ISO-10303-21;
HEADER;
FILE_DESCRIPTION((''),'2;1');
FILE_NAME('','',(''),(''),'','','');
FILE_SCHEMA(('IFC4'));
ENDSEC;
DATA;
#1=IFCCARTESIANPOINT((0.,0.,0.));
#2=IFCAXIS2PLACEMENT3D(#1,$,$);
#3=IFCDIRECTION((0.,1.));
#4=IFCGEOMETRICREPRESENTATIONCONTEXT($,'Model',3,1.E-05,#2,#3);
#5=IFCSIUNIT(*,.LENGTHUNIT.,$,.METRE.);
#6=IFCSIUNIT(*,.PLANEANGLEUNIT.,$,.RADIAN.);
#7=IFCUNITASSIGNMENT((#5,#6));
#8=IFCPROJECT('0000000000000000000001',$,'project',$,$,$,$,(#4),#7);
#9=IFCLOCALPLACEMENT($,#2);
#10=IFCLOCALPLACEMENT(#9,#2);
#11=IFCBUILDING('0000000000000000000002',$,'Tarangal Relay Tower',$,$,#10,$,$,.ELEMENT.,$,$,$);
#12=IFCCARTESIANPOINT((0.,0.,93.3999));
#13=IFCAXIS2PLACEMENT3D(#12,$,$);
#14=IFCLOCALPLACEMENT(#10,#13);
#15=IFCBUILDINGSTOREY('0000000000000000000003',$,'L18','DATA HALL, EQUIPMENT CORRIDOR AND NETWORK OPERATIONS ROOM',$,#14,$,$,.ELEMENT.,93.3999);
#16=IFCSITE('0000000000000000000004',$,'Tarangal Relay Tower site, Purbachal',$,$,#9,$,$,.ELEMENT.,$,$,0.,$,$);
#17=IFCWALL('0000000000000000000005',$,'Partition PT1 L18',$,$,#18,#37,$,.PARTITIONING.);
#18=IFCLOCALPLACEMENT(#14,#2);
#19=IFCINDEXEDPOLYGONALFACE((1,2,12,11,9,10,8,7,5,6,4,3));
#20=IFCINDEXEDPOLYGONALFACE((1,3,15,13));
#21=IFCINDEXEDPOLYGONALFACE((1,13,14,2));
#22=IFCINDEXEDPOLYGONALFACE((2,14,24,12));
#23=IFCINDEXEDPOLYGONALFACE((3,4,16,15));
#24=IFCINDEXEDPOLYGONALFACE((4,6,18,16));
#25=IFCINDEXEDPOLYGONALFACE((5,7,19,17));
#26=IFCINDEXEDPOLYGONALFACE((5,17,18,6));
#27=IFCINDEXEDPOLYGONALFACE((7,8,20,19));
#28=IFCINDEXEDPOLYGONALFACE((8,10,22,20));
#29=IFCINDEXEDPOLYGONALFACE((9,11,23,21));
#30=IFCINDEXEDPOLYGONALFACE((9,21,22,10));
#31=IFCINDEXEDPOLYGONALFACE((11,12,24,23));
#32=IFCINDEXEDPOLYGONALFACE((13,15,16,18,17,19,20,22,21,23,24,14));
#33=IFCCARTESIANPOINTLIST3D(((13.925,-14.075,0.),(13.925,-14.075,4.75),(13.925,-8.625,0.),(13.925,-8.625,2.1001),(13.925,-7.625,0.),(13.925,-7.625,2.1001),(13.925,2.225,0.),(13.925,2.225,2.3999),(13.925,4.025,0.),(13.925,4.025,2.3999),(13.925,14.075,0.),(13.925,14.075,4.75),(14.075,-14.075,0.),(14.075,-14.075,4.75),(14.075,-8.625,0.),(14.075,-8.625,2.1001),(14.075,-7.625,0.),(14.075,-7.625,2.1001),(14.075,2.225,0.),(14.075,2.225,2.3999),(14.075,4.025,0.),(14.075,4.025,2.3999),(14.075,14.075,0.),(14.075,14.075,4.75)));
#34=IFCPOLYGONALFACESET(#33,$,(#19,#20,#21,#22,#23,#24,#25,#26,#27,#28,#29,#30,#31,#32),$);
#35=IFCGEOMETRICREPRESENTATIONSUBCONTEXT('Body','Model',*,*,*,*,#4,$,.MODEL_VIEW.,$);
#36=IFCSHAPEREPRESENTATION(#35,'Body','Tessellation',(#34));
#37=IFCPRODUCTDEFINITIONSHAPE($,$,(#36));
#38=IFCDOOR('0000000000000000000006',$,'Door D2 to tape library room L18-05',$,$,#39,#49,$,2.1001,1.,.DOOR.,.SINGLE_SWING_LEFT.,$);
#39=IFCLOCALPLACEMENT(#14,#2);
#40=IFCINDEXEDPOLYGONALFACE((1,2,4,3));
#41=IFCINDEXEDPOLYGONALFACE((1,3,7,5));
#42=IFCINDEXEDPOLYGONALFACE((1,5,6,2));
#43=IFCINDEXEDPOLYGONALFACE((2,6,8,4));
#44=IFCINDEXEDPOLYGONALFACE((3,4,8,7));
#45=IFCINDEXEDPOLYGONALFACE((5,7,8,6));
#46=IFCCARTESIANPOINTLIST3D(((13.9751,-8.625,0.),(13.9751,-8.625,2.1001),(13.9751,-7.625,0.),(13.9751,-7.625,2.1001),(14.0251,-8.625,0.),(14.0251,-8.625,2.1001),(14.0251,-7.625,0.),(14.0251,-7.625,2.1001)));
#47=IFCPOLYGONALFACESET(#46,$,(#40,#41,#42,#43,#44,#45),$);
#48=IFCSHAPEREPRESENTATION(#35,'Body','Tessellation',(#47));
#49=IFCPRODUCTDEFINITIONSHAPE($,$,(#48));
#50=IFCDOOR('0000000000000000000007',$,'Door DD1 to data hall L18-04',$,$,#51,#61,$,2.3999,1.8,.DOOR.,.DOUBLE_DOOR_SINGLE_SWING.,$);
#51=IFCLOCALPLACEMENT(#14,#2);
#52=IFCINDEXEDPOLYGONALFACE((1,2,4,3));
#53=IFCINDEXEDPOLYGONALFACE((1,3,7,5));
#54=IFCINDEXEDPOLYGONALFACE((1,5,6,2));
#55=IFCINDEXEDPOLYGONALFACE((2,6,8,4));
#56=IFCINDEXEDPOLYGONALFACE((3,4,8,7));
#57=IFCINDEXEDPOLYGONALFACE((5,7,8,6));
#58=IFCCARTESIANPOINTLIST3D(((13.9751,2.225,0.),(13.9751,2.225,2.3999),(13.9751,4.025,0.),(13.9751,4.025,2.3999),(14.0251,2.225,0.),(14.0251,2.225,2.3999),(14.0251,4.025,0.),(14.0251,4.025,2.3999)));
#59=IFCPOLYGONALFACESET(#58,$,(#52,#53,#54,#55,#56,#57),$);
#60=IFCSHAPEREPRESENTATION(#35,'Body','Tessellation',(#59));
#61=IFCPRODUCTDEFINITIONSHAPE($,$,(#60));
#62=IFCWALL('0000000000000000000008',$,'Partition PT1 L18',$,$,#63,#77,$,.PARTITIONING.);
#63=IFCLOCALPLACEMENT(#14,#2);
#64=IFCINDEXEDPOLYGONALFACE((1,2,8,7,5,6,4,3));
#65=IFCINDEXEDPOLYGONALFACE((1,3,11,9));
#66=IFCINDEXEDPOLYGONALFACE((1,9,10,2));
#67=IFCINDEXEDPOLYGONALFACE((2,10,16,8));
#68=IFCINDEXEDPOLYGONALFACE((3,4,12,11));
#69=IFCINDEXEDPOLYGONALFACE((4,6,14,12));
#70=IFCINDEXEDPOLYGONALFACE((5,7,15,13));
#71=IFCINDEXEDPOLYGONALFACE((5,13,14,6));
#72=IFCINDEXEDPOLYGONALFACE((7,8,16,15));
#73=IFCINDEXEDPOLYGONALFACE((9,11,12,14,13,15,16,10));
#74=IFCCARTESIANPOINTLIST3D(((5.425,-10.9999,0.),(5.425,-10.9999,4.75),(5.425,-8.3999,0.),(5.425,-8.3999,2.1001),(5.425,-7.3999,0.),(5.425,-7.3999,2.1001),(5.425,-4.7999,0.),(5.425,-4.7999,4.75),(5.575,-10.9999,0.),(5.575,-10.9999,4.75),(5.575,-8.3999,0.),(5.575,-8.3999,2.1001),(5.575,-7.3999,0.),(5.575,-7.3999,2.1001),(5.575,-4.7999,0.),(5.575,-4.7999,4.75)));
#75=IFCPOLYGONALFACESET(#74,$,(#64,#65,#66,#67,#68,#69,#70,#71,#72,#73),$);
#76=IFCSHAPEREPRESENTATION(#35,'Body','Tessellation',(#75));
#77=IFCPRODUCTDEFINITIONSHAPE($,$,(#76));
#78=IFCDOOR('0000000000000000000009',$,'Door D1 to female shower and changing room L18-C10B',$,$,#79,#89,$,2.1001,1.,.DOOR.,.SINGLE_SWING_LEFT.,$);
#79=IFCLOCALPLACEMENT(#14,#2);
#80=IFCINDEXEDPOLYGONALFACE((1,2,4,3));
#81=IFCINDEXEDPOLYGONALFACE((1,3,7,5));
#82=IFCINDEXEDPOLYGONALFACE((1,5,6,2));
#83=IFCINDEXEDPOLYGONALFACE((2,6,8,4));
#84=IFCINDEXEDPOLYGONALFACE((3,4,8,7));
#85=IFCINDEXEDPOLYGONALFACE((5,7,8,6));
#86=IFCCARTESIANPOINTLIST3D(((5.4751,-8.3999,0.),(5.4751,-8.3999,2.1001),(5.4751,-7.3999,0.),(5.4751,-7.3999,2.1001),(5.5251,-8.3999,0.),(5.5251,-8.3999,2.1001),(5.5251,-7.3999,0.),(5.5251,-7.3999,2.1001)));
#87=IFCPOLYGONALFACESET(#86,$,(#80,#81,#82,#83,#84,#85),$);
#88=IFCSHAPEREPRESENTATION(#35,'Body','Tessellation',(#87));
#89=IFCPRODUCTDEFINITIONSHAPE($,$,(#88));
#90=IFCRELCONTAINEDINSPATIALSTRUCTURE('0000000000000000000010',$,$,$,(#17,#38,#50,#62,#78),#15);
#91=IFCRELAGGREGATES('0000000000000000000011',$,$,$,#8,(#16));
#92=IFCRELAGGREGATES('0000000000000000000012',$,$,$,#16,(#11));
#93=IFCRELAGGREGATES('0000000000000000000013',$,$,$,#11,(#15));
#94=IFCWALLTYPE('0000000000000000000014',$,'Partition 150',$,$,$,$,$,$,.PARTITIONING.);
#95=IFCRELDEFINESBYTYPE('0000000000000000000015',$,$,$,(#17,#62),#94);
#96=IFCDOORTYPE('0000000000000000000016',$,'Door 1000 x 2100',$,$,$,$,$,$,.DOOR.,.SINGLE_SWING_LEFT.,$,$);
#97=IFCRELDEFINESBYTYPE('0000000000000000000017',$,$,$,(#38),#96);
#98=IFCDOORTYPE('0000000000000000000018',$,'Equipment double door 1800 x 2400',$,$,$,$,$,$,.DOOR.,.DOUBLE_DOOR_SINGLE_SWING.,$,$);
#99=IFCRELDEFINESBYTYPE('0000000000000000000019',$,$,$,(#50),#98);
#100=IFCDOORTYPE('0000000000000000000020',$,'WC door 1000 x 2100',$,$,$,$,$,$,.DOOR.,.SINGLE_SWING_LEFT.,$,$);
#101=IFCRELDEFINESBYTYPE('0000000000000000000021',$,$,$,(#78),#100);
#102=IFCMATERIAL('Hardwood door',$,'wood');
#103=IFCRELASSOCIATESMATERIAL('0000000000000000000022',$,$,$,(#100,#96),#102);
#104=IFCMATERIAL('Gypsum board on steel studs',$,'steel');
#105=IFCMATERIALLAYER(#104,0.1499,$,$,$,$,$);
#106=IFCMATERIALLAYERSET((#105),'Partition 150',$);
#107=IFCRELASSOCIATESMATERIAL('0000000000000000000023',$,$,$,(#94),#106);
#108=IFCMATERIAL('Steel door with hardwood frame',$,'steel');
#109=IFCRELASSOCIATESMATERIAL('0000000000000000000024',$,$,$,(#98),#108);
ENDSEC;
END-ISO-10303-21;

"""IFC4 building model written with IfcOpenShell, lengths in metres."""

from ifc_helpers import new_model, si_unit, direction, frame, frame_2d, origin, place, context, subcontext, project, spatial, rectangle, extrude, material, layer, layer_set, type_object, element, fill, save


model = new_model("IFC4")

# Units and contexts
model_context = context("Model", 3, precision=1e-05, world=origin(), true_north=direction((0.0, 1.0)))
body_context = subcontext(model_context, "Body", "Model", "MODEL_VIEW")
ifc_project = project(units=[si_unit("LENGTHUNIT", "METRE"), si_unit("PLANEANGLEUNIT", "RADIAN")], contexts=[model_context])

# Site, building, storey
site_placement = place(None, origin())
site = spatial("IfcSite", under=ifc_project, at=site_placement, Name="Tarangal Relay Tower site, Purbachal", CompositionType="ELEMENT", RefElevation=0.0)
building_placement = place(site_placement, origin())
building = spatial("IfcBuilding", under=site, at=building_placement, Name="Tarangal Relay Tower", CompositionType="ELEMENT")
storey_placement = place(building_placement, frame((0.0, 0.0, 93.3999)))
storey = spatial("IfcBuildingStorey", under=building, at=storey_placement, Name="L18", Description="DATA HALL, EQUIPMENT CORRIDOR AND NETWORK OPERATIONS ROOM", CompositionType="ELEMENT", Elevation=93.3999)

# Shared definitions
ifc_material_1 = material(Name="Hardwood door", Category="wood")
door_type_1 = type_object("IfcDoorType", Name="WC door 1000 x 2100", OperationType="SINGLE_SWING_LEFT", PredefinedType="DOOR", material=ifc_material_1)

# Shared definitions
ifc_material_2 = material(Name="Steel door with hardwood frame", Category="steel")

# Shared definitions
ifc_material_3 = material(Name="Gypsum board on steel studs", Category="steel")
ifc_layer_1 = layer(ifc_material_3, 0.1499)
ifc_layer_set_1 = layer_set([ifc_layer_1], Name="Partition 150")
wall_type_1 = type_object("IfcWallType", Name="Partition 150", PredefinedType="PARTITIONING", material=ifc_layer_set_1)

# Wall, openings, doors
wall_1_placement = place(storey_placement, frame((14.0, -14.075, 0.0), z_axis=(0.0, 0.0, 1.0), x_axis=(0.0, 1.0, 0.0)))
wall_1 = element("IfcWall", 1, at=wall_1_placement, inside=storey, type_object=wall_type_1, Name="Partition PT1 L18", PredefinedType="PARTITIONING", context=body_context, shape_type="SweptSolid", body=[
    extrude(rectangle(XDim=28.1499, YDim=0.1499, at=frame_2d((14.075, 0.0))), origin(), (0.0, 0.0, 1.0), 4.75),
])
opening_1_placement = place(wall_1_placement, frame((16.3, 0.0, 0.0)))
opening_1 = element("IfcOpeningElement", 2, at=opening_1_placement, cuts=wall_1, PredefinedType="OPENING", context=body_context, shape_type="SweptSolid", body=[
    extrude(rectangle(XDim=1.8, YDim=2.3999, at=frame_2d((0.8999, 1.2))), frame((0.0, 0.085, 0.0), z_axis=(0.0, -1.0, 0.0), x_axis=(1.0, 0.0, 0.0)), (0.0, 0.0, 1.0), 0.1699),
])
opening_2_placement = place(wall_1_placement, frame((5.45, 0.0, 0.0)))
opening_2 = element("IfcOpeningElement", 3, at=opening_2_placement, cuts=wall_1, PredefinedType="OPENING", context=body_context, shape_type="SweptSolid", body=[
    extrude(rectangle(XDim=1.0, YDim=2.1001, at=frame_2d((0.5, 1.05))), frame((0.0, 0.085, 0.0), z_axis=(0.0, -1.0, 0.0), x_axis=(1.0, 0.0, 0.0)), (0.0, 0.0, 1.0), 0.1699),
])
door_type_2 = type_object("IfcDoorType", Name="Door 1000 x 2100", OperationType="SINGLE_SWING_LEFT", PredefinedType="DOOR", material=ifc_material_1)
door_1_placement = place(opening_2_placement, origin())
door_1 = element("IfcDoor", 4, at=door_1_placement, inside=storey, type_object=door_type_2, Name="Door D2 to tape library room L18-05", OperationType="SINGLE_SWING_LEFT", OverallHeight=2.1001, OverallWidth=1.0, PredefinedType="DOOR", context=body_context, shape_type="SweptSolid", body=[
    extrude(rectangle(XDim=1.0, YDim=2.1001, at=frame_2d((0.5, 1.05))), frame((0.0, 0.0249, 0.0), z_axis=(0.0, -1.0, 0.0), x_axis=(1.0, 0.0, 0.0)), (0.0, 0.0, 1.0), 0.05),
])
fill(opening_2, door_1)
door_type_3 = type_object("IfcDoorType", Name="Equipment double door 1800 x 2400", OperationType="DOUBLE_DOOR_SINGLE_SWING", PredefinedType="DOOR", material=ifc_material_2)
door_2_placement = place(opening_1_placement, origin())
door_2 = element("IfcDoor", 5, at=door_2_placement, inside=storey, type_object=door_type_3, Name="Door DD1 to data hall L18-04", OperationType="DOUBLE_DOOR_SINGLE_SWING", OverallHeight=2.3999, OverallWidth=1.8, PredefinedType="DOOR", context=body_context, shape_type="SweptSolid", body=[
    extrude(rectangle(XDim=1.8, YDim=2.3999, at=frame_2d((0.8999, 1.2))), frame((0.0, 0.0249, 0.0), z_axis=(0.0, -1.0, 0.0), x_axis=(1.0, 0.0, 0.0)), (0.0, 0.0, 1.0), 0.05),
])
fill(opening_1, door_2)

# Wall, opening, door
wall_2_placement = place(storey_placement, frame((5.5, -11.0, 0.0), z_axis=(0.0, 0.0, 1.0), x_axis=(0.0, 1.0, 0.0)))
wall_2 = element("IfcWall", 6, at=wall_2_placement, inside=storey, type_object=wall_type_1, Name="Partition PT1 L18", PredefinedType="PARTITIONING", context=body_context, shape_type="SweptSolid", body=[
    extrude(rectangle(XDim=6.2, YDim=0.1499, at=frame_2d((3.1001, 0.0))), origin(), (0.0, 0.0, 1.0), 4.75),
])
opening_3_placement = place(wall_2_placement, frame((2.6001, 0.0, 0.0)))
opening_3 = element("IfcOpeningElement", 7, at=opening_3_placement, cuts=wall_2, PredefinedType="OPENING", context=body_context, shape_type="SweptSolid", body=[
    extrude(rectangle(XDim=1.0, YDim=2.1001, at=frame_2d((0.5, 1.05))), frame((0.0, 0.085, 0.0), z_axis=(0.0, -1.0, 0.0), x_axis=(1.0, 0.0, 0.0)), (0.0, 0.0, 1.0), 0.1699),
])
door_3_placement = place(opening_3_placement, origin())
door_3 = element("IfcDoor", 8, at=door_3_placement, inside=storey, type_object=door_type_1, Name="Door D1 to female shower and changing room L18-C10B", OperationType="SINGLE_SWING_LEFT", OverallHeight=2.1001, OverallWidth=1.0, PredefinedType="DOOR", context=body_context, shape_type="SweptSolid", body=[
    extrude(rectangle(XDim=1.0, YDim=2.1001, at=frame_2d((0.5, 1.05))), frame((0.0, 0.0249, 0.0), z_axis=(0.0, -1.0, 0.0), x_axis=(1.0, 0.0, 0.0)), (0.0, 0.0, 1.0), 0.05),
])
fill(opening_3, door_3)

save(model, "model.ifc")
